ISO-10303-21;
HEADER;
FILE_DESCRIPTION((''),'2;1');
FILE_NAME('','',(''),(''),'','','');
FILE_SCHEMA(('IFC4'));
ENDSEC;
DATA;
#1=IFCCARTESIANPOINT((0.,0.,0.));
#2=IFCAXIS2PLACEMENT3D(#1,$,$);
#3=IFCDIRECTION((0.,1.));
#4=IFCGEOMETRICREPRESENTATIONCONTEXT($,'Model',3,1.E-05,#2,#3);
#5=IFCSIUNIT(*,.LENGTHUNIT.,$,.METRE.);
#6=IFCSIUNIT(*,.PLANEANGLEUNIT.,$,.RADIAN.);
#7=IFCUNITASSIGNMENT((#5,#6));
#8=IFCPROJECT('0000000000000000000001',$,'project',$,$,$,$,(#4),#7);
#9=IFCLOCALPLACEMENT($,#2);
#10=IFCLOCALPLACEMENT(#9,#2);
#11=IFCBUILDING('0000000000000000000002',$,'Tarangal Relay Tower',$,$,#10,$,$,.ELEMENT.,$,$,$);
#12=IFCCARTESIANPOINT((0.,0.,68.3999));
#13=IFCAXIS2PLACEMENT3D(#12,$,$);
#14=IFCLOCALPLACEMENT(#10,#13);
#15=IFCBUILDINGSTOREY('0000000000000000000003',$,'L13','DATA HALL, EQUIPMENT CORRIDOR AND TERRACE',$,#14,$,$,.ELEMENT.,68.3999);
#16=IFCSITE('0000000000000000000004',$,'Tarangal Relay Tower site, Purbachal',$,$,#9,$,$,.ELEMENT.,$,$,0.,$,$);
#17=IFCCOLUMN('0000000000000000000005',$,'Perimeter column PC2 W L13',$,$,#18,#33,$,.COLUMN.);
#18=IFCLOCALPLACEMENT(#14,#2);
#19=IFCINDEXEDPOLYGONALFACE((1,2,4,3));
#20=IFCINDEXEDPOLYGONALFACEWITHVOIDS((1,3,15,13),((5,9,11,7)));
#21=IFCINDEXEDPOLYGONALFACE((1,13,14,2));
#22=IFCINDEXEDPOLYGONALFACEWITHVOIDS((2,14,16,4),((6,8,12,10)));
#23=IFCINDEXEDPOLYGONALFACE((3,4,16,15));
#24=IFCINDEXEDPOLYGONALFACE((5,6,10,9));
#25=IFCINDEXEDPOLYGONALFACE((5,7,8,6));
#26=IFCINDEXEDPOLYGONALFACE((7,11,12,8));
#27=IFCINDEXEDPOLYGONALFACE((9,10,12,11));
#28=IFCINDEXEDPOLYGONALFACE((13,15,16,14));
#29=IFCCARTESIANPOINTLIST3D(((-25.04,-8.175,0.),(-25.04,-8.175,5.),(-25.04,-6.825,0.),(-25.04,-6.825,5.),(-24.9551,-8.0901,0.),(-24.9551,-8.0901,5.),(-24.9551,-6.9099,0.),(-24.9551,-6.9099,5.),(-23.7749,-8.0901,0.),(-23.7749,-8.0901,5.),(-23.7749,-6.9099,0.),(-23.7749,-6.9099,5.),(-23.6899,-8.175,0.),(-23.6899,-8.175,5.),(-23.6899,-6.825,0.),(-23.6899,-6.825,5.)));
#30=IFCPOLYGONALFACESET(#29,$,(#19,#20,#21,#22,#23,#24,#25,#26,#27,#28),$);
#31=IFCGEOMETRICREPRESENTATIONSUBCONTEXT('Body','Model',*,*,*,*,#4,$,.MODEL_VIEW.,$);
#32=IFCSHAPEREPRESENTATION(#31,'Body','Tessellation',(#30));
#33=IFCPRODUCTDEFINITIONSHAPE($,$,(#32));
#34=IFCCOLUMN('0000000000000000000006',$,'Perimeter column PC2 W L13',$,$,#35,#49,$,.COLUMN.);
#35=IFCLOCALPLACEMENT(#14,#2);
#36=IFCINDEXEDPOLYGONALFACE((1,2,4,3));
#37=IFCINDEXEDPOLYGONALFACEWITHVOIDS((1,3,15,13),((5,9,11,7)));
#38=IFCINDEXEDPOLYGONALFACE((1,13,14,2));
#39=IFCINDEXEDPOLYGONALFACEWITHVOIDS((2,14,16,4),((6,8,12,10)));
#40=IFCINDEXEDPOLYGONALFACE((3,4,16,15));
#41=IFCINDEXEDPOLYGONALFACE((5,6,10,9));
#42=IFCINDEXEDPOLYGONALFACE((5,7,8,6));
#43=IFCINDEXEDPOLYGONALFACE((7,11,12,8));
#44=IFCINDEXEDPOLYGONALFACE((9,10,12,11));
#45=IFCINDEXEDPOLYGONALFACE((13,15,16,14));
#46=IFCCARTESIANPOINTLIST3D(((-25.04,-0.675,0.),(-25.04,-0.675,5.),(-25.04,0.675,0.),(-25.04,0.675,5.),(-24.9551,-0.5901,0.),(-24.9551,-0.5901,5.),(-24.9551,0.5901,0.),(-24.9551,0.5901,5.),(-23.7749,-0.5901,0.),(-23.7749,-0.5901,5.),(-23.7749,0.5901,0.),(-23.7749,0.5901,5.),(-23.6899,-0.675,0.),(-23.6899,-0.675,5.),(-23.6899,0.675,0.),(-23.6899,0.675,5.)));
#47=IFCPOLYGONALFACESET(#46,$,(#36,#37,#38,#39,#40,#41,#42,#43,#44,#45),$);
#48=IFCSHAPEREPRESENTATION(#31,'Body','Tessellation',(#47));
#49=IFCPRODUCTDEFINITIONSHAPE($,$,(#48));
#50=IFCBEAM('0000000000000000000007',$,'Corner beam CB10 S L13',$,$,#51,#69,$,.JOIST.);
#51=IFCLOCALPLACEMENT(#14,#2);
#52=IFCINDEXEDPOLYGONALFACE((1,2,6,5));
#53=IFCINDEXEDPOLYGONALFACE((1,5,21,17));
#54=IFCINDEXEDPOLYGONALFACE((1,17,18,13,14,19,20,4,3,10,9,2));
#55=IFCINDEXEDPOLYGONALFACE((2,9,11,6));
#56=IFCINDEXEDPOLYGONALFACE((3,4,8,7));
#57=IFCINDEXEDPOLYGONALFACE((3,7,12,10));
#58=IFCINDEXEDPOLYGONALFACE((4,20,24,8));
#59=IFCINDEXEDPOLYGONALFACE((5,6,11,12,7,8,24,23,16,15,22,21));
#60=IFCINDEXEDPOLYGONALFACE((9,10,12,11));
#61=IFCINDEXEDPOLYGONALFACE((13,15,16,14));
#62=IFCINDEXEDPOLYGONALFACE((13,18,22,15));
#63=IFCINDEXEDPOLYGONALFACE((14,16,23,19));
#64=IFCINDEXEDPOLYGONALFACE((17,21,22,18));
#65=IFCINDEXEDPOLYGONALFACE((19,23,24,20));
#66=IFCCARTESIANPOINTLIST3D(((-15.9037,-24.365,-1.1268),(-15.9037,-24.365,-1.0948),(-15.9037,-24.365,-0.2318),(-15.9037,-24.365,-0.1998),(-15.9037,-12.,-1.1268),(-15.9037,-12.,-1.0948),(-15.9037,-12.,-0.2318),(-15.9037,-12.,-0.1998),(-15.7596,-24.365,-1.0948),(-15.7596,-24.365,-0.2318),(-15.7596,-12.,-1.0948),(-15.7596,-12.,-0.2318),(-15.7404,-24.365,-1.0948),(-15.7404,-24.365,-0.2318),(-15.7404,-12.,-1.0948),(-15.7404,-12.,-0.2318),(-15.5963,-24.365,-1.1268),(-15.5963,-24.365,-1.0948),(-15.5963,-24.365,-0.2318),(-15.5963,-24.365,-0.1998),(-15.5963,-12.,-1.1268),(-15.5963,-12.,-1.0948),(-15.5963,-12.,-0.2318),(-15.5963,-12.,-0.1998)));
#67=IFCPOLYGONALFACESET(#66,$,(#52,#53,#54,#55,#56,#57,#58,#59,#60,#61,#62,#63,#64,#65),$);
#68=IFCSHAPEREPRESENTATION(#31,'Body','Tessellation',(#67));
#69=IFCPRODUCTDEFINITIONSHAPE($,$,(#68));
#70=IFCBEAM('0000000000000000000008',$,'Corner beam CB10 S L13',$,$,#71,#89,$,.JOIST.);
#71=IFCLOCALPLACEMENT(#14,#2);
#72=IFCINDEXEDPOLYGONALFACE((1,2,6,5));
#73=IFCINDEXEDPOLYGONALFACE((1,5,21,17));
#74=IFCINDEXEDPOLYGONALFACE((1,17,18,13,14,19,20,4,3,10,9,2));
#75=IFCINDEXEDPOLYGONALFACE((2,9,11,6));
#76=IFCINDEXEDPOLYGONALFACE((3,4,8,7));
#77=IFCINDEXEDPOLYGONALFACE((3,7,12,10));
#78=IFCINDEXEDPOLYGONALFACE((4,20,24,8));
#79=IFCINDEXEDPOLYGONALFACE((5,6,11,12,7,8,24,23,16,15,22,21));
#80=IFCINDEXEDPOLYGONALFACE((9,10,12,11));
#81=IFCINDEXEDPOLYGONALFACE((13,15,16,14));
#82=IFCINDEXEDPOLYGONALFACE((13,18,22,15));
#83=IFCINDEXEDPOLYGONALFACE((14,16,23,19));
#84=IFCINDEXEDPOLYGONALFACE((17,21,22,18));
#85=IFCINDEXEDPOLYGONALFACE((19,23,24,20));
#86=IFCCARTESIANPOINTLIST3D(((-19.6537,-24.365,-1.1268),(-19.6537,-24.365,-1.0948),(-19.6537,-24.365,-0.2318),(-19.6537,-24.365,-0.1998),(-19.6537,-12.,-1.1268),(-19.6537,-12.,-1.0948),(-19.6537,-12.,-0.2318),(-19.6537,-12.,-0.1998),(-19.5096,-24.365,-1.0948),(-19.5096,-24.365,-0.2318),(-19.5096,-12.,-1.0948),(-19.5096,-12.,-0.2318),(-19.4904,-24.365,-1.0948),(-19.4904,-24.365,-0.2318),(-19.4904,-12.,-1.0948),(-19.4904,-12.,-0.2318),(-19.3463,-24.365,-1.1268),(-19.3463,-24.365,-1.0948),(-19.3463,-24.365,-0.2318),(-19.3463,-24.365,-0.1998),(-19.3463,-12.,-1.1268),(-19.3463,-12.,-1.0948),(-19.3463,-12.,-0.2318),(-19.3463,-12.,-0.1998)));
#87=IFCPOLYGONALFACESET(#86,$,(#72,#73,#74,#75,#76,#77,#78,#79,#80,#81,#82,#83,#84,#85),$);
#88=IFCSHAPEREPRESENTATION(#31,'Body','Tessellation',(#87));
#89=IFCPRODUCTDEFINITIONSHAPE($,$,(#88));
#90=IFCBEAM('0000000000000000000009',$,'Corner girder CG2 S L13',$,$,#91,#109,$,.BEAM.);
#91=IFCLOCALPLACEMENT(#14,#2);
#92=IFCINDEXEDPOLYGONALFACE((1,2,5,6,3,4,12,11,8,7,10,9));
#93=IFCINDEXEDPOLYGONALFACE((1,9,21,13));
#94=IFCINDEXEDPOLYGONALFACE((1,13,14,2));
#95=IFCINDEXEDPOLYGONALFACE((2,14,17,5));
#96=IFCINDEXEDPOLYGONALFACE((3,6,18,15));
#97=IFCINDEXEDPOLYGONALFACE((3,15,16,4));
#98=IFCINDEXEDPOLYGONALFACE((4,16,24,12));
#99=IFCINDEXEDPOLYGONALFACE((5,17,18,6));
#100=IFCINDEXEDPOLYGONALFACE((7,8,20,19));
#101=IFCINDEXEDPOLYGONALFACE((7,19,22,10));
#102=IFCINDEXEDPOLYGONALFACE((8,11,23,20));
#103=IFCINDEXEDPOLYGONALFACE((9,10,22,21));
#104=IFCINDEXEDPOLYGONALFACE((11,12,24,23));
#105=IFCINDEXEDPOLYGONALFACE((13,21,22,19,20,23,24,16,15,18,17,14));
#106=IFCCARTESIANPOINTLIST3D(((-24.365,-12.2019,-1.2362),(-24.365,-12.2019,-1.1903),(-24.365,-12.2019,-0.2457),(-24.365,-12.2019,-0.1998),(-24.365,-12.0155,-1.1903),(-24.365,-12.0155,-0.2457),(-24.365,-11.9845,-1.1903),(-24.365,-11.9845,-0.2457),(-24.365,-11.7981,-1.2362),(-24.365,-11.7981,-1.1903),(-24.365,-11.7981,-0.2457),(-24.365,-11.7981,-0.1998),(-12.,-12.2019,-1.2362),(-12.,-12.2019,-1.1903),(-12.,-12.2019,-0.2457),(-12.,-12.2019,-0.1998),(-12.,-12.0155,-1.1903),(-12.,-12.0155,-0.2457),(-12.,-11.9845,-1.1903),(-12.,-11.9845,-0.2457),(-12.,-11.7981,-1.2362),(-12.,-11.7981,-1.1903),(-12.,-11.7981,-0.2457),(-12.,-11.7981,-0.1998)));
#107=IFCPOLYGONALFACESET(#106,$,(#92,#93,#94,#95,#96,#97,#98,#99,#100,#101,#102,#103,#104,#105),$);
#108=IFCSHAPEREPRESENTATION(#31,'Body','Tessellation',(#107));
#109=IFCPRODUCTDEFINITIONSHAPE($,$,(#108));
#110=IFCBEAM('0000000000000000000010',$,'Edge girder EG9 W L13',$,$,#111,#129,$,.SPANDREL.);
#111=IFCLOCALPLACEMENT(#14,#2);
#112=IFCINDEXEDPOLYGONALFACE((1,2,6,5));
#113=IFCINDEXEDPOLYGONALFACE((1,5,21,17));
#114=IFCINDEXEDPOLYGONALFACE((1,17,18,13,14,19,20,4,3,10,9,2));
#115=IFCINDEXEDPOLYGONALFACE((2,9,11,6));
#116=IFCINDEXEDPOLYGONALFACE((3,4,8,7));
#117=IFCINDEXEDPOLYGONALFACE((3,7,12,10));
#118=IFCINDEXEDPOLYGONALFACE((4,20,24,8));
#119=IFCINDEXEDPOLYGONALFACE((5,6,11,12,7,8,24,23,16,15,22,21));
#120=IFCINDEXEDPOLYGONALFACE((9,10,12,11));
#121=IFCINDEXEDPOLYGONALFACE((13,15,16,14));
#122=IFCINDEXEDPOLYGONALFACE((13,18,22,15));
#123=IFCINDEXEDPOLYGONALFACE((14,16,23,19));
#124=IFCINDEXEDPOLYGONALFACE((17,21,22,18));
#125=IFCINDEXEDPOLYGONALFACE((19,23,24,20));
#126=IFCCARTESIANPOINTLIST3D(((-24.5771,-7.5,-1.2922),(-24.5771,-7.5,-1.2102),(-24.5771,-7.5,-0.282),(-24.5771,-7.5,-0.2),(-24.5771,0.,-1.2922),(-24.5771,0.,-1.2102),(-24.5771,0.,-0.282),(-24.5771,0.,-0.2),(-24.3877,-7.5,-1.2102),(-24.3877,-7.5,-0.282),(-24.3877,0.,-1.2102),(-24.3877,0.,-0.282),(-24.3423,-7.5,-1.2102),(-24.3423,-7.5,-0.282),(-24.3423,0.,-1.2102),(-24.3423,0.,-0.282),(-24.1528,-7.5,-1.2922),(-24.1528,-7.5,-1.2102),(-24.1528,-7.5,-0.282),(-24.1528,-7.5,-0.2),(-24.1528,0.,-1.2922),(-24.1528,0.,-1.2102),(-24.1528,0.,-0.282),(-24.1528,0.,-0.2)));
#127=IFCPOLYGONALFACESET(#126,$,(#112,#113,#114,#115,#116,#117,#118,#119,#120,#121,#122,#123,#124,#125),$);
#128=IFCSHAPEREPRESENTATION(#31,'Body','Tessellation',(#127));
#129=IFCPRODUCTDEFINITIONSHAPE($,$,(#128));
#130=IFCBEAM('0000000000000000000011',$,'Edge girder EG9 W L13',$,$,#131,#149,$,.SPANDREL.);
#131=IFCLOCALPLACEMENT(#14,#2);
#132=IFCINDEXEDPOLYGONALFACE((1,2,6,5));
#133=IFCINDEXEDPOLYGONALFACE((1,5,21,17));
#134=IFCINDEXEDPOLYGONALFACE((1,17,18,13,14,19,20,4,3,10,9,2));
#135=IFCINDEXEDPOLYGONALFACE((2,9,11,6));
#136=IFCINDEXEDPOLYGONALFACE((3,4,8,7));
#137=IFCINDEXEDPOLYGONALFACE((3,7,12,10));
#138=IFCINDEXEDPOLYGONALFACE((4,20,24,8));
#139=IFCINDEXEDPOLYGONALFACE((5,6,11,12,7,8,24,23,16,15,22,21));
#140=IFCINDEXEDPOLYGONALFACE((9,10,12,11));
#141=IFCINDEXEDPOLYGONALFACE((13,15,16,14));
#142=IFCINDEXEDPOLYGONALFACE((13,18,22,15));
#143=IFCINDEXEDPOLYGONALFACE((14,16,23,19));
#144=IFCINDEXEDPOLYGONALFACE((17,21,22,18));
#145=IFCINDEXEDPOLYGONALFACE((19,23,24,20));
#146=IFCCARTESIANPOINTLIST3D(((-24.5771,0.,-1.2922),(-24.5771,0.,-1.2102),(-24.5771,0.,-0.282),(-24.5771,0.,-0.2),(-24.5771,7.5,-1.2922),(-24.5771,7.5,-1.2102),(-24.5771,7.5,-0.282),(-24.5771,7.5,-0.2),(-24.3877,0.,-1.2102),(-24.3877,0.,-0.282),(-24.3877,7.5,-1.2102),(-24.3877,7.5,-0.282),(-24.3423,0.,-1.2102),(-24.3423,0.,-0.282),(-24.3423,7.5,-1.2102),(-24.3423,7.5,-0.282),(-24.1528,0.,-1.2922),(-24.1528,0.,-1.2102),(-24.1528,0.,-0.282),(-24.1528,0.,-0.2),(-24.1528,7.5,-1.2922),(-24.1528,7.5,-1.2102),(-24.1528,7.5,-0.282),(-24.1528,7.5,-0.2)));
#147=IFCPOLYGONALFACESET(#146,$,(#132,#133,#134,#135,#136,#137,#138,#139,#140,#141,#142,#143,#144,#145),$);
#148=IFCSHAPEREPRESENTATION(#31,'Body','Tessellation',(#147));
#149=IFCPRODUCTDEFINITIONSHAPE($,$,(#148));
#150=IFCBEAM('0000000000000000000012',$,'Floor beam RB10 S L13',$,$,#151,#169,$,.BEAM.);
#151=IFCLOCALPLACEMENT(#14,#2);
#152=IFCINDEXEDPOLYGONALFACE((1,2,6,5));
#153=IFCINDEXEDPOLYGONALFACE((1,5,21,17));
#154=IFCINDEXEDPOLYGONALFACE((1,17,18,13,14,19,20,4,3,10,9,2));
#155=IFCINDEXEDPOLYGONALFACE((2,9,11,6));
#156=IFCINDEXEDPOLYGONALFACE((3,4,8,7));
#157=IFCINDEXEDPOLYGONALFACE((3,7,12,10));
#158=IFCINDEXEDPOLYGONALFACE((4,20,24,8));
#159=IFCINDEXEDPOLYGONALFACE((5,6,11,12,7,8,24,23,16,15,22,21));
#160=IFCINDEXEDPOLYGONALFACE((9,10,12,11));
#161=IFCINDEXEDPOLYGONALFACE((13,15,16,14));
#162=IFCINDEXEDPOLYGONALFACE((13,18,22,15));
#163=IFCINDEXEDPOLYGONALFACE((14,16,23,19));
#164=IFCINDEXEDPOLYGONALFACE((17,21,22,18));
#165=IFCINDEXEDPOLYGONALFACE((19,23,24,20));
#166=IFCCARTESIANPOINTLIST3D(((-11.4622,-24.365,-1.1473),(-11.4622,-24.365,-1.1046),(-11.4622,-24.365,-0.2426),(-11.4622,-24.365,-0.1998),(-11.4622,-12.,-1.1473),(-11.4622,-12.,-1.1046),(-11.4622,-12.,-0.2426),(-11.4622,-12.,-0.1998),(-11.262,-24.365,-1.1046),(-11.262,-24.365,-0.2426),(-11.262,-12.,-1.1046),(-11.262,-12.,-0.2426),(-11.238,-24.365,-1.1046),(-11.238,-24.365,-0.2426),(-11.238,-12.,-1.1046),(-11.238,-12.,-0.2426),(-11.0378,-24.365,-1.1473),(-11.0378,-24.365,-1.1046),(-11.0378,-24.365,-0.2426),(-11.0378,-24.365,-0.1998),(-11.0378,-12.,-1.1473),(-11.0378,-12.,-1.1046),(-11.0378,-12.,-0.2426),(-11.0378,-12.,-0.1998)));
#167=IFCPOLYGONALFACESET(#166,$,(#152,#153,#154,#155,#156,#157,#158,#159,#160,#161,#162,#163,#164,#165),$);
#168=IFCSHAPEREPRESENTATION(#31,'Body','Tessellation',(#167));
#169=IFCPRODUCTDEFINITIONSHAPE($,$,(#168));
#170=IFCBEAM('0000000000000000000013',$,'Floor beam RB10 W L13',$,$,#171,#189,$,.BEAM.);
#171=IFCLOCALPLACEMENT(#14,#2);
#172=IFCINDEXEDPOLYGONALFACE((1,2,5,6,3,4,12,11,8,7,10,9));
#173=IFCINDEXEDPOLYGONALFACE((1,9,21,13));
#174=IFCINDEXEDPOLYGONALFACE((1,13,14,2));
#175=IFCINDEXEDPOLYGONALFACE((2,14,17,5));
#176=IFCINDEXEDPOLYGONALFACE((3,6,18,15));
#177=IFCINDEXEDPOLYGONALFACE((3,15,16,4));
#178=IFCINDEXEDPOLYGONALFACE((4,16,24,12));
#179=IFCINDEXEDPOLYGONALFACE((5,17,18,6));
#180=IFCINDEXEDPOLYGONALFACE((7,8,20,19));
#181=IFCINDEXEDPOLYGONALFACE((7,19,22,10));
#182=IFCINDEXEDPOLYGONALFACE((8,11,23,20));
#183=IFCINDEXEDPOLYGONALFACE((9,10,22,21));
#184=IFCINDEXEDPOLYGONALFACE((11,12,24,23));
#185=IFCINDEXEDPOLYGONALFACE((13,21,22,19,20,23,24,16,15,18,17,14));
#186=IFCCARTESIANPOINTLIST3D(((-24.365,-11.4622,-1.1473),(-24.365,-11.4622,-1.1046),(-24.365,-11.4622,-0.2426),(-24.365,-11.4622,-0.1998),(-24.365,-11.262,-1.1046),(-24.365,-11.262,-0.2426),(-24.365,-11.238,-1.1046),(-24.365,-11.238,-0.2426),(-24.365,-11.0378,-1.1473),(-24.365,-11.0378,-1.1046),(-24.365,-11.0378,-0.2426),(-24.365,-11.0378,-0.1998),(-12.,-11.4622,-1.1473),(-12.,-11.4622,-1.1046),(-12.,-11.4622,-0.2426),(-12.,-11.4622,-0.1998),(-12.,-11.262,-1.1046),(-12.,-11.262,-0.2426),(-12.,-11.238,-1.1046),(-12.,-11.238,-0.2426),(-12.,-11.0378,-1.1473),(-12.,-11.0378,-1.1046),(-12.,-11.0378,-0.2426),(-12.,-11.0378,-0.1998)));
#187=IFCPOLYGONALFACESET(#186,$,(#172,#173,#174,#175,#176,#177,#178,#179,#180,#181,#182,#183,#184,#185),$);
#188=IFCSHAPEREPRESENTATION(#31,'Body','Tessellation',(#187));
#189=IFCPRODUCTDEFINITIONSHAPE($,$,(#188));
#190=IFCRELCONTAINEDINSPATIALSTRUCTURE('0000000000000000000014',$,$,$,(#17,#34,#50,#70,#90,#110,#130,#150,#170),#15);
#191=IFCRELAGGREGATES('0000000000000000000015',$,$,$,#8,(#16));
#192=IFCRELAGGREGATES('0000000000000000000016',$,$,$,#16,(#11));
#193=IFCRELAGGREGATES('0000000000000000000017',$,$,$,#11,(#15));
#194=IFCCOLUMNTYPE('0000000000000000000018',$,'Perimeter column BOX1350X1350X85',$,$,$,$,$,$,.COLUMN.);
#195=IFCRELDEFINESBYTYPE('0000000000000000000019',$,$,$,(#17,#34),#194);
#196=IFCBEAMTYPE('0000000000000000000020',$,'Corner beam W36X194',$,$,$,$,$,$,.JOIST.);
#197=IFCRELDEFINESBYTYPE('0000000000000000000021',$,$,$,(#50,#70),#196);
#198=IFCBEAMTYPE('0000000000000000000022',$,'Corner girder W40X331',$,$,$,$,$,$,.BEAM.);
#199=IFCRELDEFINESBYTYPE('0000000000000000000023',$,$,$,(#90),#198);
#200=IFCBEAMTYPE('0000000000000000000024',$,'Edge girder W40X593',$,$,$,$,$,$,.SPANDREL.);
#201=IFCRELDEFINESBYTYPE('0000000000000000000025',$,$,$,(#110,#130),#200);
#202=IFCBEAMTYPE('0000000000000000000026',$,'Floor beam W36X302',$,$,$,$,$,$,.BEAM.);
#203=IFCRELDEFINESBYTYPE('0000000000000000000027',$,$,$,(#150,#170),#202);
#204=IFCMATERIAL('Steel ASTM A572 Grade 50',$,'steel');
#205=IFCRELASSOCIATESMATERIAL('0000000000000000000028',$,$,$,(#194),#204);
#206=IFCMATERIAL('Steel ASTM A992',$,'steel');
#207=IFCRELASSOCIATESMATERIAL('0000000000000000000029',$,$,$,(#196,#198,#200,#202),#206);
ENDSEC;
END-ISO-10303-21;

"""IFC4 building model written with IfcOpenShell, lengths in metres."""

from ifc_helpers import new_model, si_unit, direction, frame, origin, origin_2d, place, context, subcontext, project, spatial, hollow_rectangle, i_section, extrude, material, material_profile, profile_set, type_object, element, save


model = new_model("IFC4")

# Units and contexts
model_context = context("Model", 3, precision=1e-05, world=origin(), true_north=direction((0.0, 1.0)))
body_context = subcontext(model_context, "Body", "Model", "MODEL_VIEW")
ifc_project = project(units=[si_unit("LENGTHUNIT", "METRE"), si_unit("PLANEANGLEUNIT", "RADIAN")], contexts=[model_context])

# Site, building, storey
site_placement = place(None, origin())
site = spatial("IfcSite", under=ifc_project, at=site_placement, Name="Tarangal Relay Tower site, Purbachal", CompositionType="ELEMENT", RefElevation=0.0)
building_placement = place(site_placement, origin())
building = spatial("IfcBuilding", under=site, at=building_placement, Name="Tarangal Relay Tower", CompositionType="ELEMENT")
storey_placement = place(building_placement, frame((0.0, 0.0, 68.3999)))
storey = spatial("IfcBuildingStorey", under=building, at=storey_placement, Name="L13", Description="DATA HALL, EQUIPMENT CORRIDOR AND TERRACE", CompositionType="ELEMENT", Elevation=68.3999)

# Columns
ifc_material_1 = material(Name="Steel ASTM A572 Grade 50", Category="steel")
ifc_material_profile_1 = material_profile(ifc_material_1, hollow_rectangle(XDim=1.3501, YDim=1.3501, WallThickness=0.085, at=origin_2d()), Name="BOX1350X1350X85")
ifc_profile_set_1 = profile_set([ifc_material_profile_1], Name="Steel ASTM A572 Grade 50")
column_type = type_object("IfcColumnType", Name="Perimeter column BOX1350X1350X85", PredefinedType="COLUMN", material=ifc_profile_set_1)
for number, where, z_axis, x_axis, name in (
    (1, (-24.365, -7.5, 0.0), (0.0, 0.0, 1.0), (1.0, 0.0, 0.0), "Perimeter column PC2 W L13"),
    (2, (-24.365, 0.0, 0.0), (0.0, 0.0, 1.0), (1.0, 0.0, 0.0), "Perimeter column PC2 W L13"),
):
    element("IfcColumn", number, at=place(storey_placement, frame(where, z_axis=z_axis, x_axis=x_axis)), inside=storey, type_object=column_type, Name=name, PredefinedType="COLUMN", context=body_context, shape_type="SweptSolid", body=[
        extrude(hollow_rectangle(XDim=1.3501, YDim=1.3501, WallThickness=0.085, at=origin_2d()), origin(), (0.0, 0.0, 1.0), 5.0),
    ])

# Beams
ifc_material_2 = material(Name="Steel ASTM A992", Category="steel")
ifc_material_profile_2 = material_profile(ifc_material_2, i_section(OverallWidth=0.3074, OverallDepth=0.927, WebThickness=0.0193, FlangeThickness=0.032, at=origin_2d()), Name="W36X194")
ifc_profile_set_2 = profile_set([ifc_material_profile_2], Name="Steel ASTM A992")
beam_type_1 = type_object("IfcBeamType", Name="Corner beam W36X194", PredefinedType="JOIST", material=ifc_profile_set_2)
for number, where, z_axis, x_axis, name in (
    (3, (-15.75, -12.0, -0.6633), (0.0, -1.0, 0.0), (1.0, 0.0, 0.0), "Corner beam CB10 S L13"),
    (4, (-19.5, -12.0, -0.6633), (0.0, -1.0, 0.0), (1.0, 0.0, 0.0), "Corner beam CB10 S L13"),
):
    element("IfcBeam", number, at=place(storey_placement, frame(where, z_axis=z_axis, x_axis=x_axis)), inside=storey, type_object=beam_type_1, Name=name, PredefinedType="JOIST", context=body_context, shape_type="SweptSolid", body=[
        extrude(i_section(OverallWidth=0.3074, OverallDepth=0.927, WebThickness=0.0193, FlangeThickness=0.032, at=origin_2d()), origin(), (0.0, 0.0, 1.0), 12.365),
    ])
ifc_material_profile_3 = material_profile(ifc_material_2, i_section(OverallWidth=0.4038, OverallDepth=1.0364, WebThickness=0.031, FlangeThickness=0.0459, at=origin_2d()), Name="W40X331")
ifc_profile_set_3 = profile_set([ifc_material_profile_3], Name="Steel ASTM A992")
beam_type_2 = type_object("IfcBeamType", Name="Corner girder W40X331", PredefinedType="BEAM", material=ifc_profile_set_3)
beam_placement = place(storey_placement, frame((-12.0, -12.0, -0.718), z_axis=(-1.0, 0.0, 0.0), x_axis=(0.0, -1.0, 0.0)))
element("IfcBeam", 5, at=beam_placement, inside=storey, type_object=beam_type_2, Name="Corner girder CG2 S L13", PredefinedType="BEAM", context=body_context, shape_type="SweptSolid", body=[
    extrude(i_section(OverallWidth=0.4038, OverallDepth=1.0364, WebThickness=0.031, FlangeThickness=0.0459, at=origin_2d()), origin(), (0.0, 0.0, 1.0), 12.365),
])
ifc_material_profile_4 = material_profile(ifc_material_2, i_section(OverallWidth=0.4243, OverallDepth=1.0923, WebThickness=0.0454, FlangeThickness=0.082, at=origin_2d()), Name="W40X593")
ifc_profile_set_4 = profile_set([ifc_material_profile_4], Name="Steel ASTM A992")
beam_type_3 = type_object("IfcBeamType", Name="Edge girder W40X593", PredefinedType="SPANDREL", material=ifc_profile_set_4)
for number, where, z_axis, x_axis, name in (
    (6, (-24.365, -7.5, -0.7461), (0.0, 1.0, 0.0), (-1.0, 0.0, 0.0), "Edge girder EG9 W L13"),
    (7, (-24.365, 0.0, -0.7461), (0.0, 1.0, 0.0), (-1.0, 0.0, 0.0), "Edge girder EG9 W L13"),
):
    element("IfcBeam", number, at=place(storey_placement, frame(where, z_axis=z_axis, x_axis=x_axis)), inside=storey, type_object=beam_type_3, Name=name, PredefinedType="SPANDREL", context=body_context, shape_type="SweptSolid", body=[
        extrude(i_section(OverallWidth=0.4243, OverallDepth=1.0923, WebThickness=0.0454, FlangeThickness=0.082, at=origin_2d()), origin(), (0.0, 0.0, 1.0), 7.5),
    ])
ifc_material_profile_5 = material_profile(ifc_material_2, i_section(OverallWidth=0.4243, OverallDepth=0.9475, WebThickness=0.0239, FlangeThickness=0.0427, at=origin_2d()), Name="W36X302")
ifc_profile_set_5 = profile_set([ifc_material_profile_5], Name="Steel ASTM A992")
beam_type_4 = type_object("IfcBeamType", Name="Floor beam W36X302", PredefinedType="BEAM", material=ifc_profile_set_5)
for number, where, z_axis, x_axis, name in (
    (8, (-11.25, -12.0, -0.6736), (0.0, -1.0, 0.0), (1.0, 0.0, 0.0), "Floor beam RB10 S L13"),
    (9, (-12.0, -11.25, -0.6736), (-1.0, 0.0, 0.0), (0.0, -1.0, 0.0), "Floor beam RB10 W L13"),
):
    element("IfcBeam", number, at=place(storey_placement, frame(where, z_axis=z_axis, x_axis=x_axis)), inside=storey, type_object=beam_type_4, Name=name, PredefinedType="BEAM", context=body_context, shape_type="SweptSolid", body=[
        extrude(i_section(OverallWidth=0.4243, OverallDepth=0.9475, WebThickness=0.0239, FlangeThickness=0.0427, at=origin_2d()), origin(), (0.0, 0.0, 1.0), 12.365),
    ])

save(model, "model.ifc")
